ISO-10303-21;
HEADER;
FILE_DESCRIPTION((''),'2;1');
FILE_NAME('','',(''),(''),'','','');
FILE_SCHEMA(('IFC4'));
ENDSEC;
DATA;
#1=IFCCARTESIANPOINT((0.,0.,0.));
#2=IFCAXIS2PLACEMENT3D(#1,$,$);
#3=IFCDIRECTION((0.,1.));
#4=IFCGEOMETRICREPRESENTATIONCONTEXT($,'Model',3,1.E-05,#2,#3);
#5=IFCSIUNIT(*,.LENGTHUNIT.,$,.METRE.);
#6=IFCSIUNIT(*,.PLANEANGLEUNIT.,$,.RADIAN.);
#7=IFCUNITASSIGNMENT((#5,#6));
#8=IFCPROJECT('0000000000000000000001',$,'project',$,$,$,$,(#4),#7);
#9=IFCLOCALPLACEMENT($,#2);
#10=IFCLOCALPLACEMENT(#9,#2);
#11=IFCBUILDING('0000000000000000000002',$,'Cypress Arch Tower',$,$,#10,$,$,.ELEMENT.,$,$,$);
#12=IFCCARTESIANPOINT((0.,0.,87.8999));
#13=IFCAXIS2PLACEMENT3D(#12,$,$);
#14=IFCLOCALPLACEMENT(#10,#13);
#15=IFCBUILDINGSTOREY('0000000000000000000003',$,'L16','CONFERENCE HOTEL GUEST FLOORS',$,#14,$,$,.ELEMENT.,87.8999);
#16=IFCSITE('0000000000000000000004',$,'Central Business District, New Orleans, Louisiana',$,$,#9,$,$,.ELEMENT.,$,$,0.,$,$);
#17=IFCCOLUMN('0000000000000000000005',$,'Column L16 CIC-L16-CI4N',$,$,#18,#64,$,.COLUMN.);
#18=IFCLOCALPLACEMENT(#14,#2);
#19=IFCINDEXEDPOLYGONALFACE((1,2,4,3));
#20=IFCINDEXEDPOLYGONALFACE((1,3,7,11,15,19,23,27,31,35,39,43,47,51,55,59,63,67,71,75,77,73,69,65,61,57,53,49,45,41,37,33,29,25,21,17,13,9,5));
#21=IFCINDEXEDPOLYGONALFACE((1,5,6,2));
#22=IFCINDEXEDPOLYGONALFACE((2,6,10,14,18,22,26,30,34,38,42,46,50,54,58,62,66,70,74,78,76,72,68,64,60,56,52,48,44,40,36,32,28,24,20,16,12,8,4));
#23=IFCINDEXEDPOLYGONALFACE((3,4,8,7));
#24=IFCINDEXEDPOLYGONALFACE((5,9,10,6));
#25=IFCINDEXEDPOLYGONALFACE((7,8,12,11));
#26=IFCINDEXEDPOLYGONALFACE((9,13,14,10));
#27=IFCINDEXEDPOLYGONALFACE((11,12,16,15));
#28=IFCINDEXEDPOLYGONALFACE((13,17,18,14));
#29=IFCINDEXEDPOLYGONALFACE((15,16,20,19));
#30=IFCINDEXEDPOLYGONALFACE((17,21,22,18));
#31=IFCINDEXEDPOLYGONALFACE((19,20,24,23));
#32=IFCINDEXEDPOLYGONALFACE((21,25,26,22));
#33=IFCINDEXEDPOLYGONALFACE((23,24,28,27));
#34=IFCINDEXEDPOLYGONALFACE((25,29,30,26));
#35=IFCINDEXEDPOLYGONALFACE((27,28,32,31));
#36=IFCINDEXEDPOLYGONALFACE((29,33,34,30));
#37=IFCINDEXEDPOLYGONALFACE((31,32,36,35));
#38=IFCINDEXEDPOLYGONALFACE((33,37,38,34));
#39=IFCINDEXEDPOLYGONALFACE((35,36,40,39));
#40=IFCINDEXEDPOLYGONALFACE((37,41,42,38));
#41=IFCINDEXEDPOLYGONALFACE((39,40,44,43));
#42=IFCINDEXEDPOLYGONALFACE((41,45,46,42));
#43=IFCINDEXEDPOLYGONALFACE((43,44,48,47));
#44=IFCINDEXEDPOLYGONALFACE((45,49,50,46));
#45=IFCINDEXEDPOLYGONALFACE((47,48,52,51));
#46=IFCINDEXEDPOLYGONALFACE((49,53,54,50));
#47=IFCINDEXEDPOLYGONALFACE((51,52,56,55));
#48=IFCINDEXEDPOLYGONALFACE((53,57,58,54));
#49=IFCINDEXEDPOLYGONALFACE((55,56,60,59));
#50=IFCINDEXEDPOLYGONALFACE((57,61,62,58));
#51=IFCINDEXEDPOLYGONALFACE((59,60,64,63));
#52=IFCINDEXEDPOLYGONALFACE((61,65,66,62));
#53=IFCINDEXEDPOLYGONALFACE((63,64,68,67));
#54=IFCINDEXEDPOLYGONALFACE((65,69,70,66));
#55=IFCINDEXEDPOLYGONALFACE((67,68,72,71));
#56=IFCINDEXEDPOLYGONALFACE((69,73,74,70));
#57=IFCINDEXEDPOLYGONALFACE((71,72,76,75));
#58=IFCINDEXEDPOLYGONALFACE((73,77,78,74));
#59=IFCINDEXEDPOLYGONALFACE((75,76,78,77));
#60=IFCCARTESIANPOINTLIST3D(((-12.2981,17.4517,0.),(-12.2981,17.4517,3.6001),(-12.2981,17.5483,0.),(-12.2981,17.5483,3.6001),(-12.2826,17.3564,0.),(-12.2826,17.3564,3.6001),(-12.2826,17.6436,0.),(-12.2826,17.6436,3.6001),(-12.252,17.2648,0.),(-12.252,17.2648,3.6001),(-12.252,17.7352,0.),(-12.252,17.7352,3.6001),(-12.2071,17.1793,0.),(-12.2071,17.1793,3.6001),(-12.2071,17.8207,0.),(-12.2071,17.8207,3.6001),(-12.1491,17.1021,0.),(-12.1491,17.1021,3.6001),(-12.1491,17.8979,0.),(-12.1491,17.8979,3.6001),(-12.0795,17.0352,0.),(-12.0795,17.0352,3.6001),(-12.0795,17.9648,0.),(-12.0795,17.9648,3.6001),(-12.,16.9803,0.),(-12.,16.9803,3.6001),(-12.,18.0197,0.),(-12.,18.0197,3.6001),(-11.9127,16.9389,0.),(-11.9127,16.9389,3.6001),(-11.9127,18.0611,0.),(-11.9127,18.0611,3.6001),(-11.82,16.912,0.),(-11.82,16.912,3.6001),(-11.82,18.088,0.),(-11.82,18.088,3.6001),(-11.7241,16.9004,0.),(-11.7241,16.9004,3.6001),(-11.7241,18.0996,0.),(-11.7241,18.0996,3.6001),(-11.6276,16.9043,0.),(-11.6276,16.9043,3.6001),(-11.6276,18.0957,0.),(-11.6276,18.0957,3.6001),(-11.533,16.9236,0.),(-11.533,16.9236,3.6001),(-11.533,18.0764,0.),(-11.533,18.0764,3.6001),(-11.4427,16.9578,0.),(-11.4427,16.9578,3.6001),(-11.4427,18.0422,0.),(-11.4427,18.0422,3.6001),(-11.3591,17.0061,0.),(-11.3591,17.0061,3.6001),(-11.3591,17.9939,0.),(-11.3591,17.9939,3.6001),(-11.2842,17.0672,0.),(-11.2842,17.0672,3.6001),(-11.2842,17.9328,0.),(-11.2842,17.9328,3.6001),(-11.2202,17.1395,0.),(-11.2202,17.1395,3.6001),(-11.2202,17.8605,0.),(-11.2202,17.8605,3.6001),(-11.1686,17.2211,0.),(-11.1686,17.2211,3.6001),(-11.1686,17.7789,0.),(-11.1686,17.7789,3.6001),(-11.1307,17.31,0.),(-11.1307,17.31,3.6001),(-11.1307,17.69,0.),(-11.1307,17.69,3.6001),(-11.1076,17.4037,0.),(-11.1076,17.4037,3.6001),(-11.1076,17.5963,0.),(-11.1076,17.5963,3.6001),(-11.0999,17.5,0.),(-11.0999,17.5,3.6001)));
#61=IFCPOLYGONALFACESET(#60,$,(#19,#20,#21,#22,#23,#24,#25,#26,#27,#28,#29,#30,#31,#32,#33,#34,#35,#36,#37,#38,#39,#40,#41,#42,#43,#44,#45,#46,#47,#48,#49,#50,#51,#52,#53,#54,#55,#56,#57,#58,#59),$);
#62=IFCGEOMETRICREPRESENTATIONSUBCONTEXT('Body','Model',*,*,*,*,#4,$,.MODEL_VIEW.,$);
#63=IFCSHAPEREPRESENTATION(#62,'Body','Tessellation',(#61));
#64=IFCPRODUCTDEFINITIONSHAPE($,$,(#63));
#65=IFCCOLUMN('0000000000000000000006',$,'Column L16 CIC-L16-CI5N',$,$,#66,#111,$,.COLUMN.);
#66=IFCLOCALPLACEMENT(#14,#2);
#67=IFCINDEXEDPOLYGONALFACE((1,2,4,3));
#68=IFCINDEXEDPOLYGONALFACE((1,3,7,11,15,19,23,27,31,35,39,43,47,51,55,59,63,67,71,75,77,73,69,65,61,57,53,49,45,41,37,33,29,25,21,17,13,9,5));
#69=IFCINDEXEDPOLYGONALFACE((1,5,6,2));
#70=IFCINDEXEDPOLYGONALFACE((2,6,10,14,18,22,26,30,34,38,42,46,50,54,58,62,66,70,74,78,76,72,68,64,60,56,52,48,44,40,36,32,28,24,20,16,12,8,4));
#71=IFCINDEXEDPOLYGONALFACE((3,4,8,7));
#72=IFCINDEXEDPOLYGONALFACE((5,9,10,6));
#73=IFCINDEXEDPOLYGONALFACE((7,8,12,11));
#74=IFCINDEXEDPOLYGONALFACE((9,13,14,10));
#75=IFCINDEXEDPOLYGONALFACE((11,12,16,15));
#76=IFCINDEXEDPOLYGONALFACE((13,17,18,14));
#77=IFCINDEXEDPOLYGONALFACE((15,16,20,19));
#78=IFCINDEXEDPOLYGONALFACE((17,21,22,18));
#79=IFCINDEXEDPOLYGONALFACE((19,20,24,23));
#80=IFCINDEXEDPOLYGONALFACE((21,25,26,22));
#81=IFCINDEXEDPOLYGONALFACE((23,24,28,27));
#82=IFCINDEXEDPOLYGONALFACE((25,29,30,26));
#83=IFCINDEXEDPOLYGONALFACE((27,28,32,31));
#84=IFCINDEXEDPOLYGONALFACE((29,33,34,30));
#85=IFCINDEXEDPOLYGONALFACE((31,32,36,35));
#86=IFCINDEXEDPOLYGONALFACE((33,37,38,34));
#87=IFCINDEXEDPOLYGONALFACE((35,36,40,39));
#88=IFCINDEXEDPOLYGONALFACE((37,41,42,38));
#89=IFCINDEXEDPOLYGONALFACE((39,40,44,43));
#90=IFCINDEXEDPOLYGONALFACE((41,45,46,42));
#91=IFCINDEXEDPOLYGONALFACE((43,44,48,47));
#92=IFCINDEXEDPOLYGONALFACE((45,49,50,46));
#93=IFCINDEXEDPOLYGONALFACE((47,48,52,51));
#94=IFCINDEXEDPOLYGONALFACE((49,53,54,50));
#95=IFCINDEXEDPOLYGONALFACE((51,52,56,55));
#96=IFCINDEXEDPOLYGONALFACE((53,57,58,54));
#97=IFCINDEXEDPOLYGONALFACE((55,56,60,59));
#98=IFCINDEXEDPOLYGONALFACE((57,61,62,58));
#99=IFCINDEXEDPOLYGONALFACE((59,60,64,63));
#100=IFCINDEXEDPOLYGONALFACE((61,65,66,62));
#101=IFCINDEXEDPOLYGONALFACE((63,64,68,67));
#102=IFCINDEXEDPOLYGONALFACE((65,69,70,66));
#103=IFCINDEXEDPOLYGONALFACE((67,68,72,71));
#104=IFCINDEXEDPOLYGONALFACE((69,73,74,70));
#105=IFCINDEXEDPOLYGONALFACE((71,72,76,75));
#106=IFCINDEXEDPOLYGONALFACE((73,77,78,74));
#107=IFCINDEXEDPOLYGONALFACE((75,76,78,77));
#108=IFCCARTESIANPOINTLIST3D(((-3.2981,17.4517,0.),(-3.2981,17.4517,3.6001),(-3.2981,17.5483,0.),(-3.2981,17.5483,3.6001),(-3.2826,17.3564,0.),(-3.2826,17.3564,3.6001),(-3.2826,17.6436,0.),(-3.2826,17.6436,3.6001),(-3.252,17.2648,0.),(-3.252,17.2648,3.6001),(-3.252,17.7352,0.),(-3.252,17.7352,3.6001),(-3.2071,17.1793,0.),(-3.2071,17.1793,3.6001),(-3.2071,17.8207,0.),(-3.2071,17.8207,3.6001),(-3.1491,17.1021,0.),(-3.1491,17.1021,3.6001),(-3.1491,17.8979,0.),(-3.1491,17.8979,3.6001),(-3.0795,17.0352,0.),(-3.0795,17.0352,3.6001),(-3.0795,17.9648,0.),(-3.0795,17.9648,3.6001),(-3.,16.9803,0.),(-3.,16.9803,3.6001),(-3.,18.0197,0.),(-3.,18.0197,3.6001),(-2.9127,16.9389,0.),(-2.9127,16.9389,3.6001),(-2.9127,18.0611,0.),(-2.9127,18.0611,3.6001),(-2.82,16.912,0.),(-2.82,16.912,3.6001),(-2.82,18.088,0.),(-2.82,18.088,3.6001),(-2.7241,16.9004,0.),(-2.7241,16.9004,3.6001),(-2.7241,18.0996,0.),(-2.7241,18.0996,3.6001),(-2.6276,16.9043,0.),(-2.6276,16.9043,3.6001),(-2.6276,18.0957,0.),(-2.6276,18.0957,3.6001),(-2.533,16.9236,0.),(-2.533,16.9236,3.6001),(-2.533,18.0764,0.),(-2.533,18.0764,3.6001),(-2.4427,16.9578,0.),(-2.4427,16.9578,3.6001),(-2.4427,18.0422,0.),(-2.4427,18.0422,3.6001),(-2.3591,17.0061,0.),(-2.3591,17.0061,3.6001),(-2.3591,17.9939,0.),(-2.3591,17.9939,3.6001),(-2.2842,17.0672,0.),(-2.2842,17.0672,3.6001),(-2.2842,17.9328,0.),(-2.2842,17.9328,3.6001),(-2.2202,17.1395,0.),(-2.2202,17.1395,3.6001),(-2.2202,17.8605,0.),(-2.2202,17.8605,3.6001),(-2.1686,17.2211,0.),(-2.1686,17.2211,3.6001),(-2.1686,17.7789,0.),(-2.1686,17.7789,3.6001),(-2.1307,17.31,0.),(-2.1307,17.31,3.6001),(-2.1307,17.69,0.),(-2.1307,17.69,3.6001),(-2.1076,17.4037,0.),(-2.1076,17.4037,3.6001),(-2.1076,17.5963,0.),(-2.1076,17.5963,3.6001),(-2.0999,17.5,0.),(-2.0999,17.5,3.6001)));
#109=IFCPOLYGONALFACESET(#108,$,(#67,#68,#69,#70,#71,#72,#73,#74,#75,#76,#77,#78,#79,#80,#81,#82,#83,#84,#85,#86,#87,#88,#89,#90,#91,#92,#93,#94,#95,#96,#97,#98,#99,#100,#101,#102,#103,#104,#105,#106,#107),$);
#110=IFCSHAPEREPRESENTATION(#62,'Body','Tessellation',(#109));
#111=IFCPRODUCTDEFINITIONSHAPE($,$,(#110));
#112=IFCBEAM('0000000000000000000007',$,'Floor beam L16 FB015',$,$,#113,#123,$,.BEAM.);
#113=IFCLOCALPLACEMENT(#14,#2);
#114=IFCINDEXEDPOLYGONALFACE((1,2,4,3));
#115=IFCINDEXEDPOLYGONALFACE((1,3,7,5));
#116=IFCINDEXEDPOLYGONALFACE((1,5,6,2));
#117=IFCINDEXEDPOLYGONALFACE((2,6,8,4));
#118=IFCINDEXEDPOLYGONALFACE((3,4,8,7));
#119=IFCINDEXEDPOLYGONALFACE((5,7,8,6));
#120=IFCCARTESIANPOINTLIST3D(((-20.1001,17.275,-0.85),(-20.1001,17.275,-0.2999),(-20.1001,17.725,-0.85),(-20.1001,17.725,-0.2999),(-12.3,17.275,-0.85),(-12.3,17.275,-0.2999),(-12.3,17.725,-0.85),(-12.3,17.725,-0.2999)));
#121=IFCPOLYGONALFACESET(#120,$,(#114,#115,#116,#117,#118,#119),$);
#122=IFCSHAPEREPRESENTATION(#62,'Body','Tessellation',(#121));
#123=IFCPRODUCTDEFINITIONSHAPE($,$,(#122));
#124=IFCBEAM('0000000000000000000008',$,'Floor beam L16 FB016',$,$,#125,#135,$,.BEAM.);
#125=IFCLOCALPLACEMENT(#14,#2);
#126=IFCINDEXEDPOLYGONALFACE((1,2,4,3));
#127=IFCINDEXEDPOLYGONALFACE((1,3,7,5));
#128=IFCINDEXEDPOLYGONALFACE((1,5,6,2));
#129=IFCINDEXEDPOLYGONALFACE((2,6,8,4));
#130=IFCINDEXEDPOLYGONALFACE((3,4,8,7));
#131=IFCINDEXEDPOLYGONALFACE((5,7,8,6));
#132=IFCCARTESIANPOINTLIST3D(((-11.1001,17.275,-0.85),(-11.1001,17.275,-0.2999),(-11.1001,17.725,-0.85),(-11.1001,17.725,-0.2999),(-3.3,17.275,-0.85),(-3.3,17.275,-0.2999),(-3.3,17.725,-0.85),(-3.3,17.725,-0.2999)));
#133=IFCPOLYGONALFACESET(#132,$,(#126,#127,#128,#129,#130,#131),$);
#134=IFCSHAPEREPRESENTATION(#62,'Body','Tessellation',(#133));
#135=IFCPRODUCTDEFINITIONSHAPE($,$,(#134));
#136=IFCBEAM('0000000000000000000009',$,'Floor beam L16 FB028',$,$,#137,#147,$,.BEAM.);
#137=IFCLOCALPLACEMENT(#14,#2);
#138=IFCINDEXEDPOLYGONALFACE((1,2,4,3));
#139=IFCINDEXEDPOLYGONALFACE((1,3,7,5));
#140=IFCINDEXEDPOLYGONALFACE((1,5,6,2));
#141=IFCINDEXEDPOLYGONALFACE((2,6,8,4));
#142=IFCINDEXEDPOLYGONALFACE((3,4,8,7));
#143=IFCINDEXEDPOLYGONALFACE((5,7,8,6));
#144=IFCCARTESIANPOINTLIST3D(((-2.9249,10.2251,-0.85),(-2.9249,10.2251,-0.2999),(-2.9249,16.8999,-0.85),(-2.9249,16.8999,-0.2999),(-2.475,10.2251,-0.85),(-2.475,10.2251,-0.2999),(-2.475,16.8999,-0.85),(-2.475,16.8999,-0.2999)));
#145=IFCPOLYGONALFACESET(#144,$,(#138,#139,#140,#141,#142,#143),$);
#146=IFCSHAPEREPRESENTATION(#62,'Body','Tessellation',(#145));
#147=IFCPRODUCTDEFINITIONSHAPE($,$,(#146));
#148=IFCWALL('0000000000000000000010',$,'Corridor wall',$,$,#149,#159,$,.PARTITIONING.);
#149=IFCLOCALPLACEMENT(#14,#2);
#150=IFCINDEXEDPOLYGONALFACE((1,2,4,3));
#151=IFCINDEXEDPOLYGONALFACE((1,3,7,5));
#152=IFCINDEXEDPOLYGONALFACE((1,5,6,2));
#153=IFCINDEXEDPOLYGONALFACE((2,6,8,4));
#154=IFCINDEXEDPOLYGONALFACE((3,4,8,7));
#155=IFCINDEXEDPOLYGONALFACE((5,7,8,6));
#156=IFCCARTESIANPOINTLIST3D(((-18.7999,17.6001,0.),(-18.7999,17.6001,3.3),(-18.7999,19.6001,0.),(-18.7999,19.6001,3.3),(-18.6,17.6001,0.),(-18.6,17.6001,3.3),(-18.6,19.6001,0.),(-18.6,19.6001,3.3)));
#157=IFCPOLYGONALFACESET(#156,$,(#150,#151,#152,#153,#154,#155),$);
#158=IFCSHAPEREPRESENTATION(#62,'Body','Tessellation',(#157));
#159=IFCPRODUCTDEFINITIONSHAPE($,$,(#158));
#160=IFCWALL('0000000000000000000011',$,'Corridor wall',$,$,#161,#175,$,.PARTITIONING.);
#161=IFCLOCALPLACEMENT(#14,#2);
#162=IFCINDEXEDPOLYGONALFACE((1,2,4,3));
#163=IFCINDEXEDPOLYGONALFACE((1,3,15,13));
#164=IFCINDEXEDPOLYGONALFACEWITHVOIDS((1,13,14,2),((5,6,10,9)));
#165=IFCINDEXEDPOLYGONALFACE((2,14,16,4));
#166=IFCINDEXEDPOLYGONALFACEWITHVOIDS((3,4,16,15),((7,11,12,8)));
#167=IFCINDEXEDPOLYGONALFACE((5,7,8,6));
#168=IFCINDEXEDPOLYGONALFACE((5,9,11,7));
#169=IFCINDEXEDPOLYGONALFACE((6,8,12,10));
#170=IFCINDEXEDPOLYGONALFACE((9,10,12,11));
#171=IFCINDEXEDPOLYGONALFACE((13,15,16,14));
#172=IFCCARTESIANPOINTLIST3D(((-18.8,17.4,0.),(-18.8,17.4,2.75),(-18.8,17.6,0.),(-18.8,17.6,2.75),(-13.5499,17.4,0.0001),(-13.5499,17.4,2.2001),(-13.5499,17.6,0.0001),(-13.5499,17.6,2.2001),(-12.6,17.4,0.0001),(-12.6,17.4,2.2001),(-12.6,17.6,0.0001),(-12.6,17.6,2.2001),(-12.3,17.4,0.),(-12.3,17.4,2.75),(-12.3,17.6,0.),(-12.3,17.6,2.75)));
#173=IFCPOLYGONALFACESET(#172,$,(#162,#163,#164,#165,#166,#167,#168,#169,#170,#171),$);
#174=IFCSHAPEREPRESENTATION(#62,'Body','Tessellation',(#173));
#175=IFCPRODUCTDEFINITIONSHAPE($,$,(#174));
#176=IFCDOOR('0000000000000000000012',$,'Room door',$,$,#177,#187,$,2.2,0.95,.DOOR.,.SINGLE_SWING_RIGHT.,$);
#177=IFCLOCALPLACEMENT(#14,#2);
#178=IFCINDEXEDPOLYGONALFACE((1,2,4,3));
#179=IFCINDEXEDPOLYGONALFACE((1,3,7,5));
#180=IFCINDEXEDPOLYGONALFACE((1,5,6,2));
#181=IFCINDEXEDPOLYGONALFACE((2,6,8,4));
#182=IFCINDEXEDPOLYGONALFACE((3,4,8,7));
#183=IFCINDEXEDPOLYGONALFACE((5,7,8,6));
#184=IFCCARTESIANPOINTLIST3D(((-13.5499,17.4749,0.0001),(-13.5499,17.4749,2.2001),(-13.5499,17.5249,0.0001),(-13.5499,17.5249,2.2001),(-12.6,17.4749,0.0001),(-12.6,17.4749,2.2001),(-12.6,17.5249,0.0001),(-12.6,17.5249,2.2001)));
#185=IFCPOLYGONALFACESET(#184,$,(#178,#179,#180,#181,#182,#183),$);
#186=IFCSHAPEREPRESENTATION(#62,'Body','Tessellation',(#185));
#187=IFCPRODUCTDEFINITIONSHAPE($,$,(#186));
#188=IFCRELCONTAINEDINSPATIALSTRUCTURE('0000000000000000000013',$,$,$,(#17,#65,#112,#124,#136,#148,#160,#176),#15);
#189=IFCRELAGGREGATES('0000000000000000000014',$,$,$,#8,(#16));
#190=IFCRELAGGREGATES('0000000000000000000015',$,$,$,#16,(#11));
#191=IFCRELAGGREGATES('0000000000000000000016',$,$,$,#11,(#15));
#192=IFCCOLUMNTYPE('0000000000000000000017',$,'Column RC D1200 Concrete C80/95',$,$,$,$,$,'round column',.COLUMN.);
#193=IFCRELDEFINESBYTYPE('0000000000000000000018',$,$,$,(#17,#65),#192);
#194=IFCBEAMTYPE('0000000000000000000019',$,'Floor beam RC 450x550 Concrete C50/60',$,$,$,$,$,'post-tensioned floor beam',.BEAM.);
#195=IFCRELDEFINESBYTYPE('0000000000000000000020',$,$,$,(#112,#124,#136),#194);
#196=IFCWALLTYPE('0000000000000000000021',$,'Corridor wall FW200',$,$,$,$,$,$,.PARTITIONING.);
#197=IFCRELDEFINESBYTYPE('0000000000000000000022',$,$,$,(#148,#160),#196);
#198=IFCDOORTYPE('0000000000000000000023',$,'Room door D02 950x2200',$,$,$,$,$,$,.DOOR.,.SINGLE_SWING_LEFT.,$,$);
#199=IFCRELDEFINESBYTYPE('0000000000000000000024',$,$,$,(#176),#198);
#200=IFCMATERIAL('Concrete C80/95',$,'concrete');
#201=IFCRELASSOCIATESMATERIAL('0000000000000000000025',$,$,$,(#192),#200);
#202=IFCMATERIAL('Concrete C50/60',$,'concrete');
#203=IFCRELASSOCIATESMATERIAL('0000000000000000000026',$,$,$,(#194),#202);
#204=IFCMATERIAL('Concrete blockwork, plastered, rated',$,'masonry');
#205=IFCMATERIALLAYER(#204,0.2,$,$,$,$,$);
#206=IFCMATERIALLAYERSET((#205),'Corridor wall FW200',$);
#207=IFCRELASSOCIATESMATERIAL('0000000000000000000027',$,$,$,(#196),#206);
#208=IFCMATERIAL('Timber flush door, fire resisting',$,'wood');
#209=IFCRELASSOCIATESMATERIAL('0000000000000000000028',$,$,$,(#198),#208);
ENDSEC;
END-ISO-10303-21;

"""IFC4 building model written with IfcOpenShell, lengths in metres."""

from ifc_helpers import new_model, si_unit, direction, frame, frame_2d, origin, origin_2d, place, context, subcontext, project, spatial, rectangle, circle, extrude, material, layer, layer_set, material_profile, profile_set, type_object, element, fill, save


model = new_model("IFC4")

# Units and contexts
model_context = context("Model", 3, precision=1e-05, world=origin(), true_north=direction((0.0, 1.0)))
body_context = subcontext(model_context, "Body", "Model", "MODEL_VIEW")
ifc_project = project(units=[si_unit("LENGTHUNIT", "METRE"), si_unit("PLANEANGLEUNIT", "RADIAN")], contexts=[model_context])

# Site, building, storey
site_placement = place(None, origin())
site = spatial("IfcSite", under=ifc_project, at=site_placement, Name="Central Business District, New Orleans, Louisiana", CompositionType="ELEMENT", RefElevation=0.0)
building_placement = place(site_placement, origin())
building = spatial("IfcBuilding", under=site, at=building_placement, Name="Cypress Arch Tower", CompositionType="ELEMENT")
storey_placement = place(building_placement, frame((0.0, 0.0, 87.8999)))
storey = spatial("IfcBuildingStorey", under=building, at=storey_placement, Name="L16", Description="CONFERENCE HOTEL GUEST FLOORS", CompositionType="ELEMENT", Elevation=87.8999)

# Columns
ifc_material_1 = material(Name="Concrete C80/95", Category="concrete")
ifc_material_profile_1 = material_profile(ifc_material_1, circle(Radius=0.6001, at=origin_2d()), Name="RC D1200")
ifc_profile_set_1 = profile_set([ifc_material_profile_1], Name="Concrete C80/95")
column_type = type_object("IfcColumnType", Name="Column RC D1200 Concrete C80/95", ElementType="round column", PredefinedType="COLUMN", material=ifc_profile_set_1)
for number, where, z_axis, x_axis, name in (
    (1, (-11.7, 17.5, 0.0), (0.0, 0.0, 1.0), (1.0, 0.0, 0.0), "Column L16 CIC-L16-CI4N"),
    (2, (-2.7, 17.5, 0.0), (0.0, 0.0, 1.0), (1.0, 0.0, 0.0), "Column L16 CIC-L16-CI5N"),
):
    element("IfcColumn", number, at=place(storey_placement, frame(where, z_axis=z_axis, x_axis=x_axis)), inside=storey, type_object=column_type, Name=name, PredefinedType="COLUMN", context=body_context, shape_type="SweptSolid", body=[
        extrude(circle(Radius=0.6001, at=origin_2d()), origin(), (0.0, 0.0, 1.0), 3.6001),
    ])

# Beams
ifc_material_2 = material(Name="Concrete C50/60", Category="concrete")
ifc_material_profile_2 = material_profile(ifc_material_2, rectangle(XDim=0.45, YDim=0.55, at=origin_2d()), Name="RC 450x550")
ifc_profile_set_2 = profile_set([ifc_material_profile_2], Name="Concrete C50/60")
beam_type = type_object("IfcBeamType", Name="Floor beam RC 450x550 Concrete C50/60", ElementType="post-tensioned floor beam", PredefinedType="BEAM", material=ifc_profile_set_2)
for number, where, z_axis, x_axis, name in (
    (3, (-20.1001, 17.5, -0.575), (1.0, 0.0, 0.0), (0.0, 1.0, 0.0), "Floor beam L16 FB015"),
    (4, (-11.1001, 17.5, -0.575), (1.0, 0.0, 0.0), (0.0, 1.0, 0.0), "Floor beam L16 FB016"),
):
    element("IfcBeam", number, at=place(storey_placement, frame(where, z_axis=z_axis, x_axis=x_axis)), inside=storey, type_object=beam_type, Name=name, PredefinedType="BEAM", context=body_context, shape_type="SweptSolid", body=[
        extrude(rectangle(XDim=0.45, YDim=0.55, at=origin_2d()), origin(), (0.0, 0.0, 1.0), 7.8),
    ])
beam_placement = place(storey_placement, frame((-2.7, 10.2251, -0.575), z_axis=(0.0, 1.0, 0.0), x_axis=(-1.0, 0.0, 0.0)))
element("IfcBeam", 5, at=beam_placement, inside=storey, type_object=beam_type, Name="Floor beam L16 FB028", PredefinedType="BEAM", context=body_context, shape_type="SweptSolid", body=[
    extrude(rectangle(XDim=0.45, YDim=0.55, at=origin_2d()), origin(), (0.0, 0.0, 1.0), 6.6748),
])

# Wall
ifc_material_3 = material(Name="Concrete blockwork, plastered, rated", Category="masonry")
ifc_layer_1 = layer(ifc_material_3, 0.2)
ifc_layer_set_1 = layer_set([ifc_layer_1], Name="Corridor wall FW200")
wall_type_1 = type_object("IfcWallType", Name="Corridor wall FW200", PredefinedType="PARTITIONING", material=ifc_layer_set_1)
wall_1_placement = place(storey_placement, frame((-18.7, 17.6001, 0.0), z_axis=(0.0, 0.0, 1.0), x_axis=(0.0, 1.0, 0.0)))
element("IfcWall", 6, at=wall_1_placement, inside=storey, type_object=wall_type_1, Name="Corridor wall", PredefinedType="PARTITIONING", context=body_context, shape_type="SweptSolid", body=[
    extrude(rectangle(XDim=2.0, YDim=0.2, at=frame_2d((1.0, 0.0))), origin(), (0.0, 0.0, 1.0), 3.3),
])

# Wall, opening, door
wall_2_placement = place(storey_placement, frame((-18.8, 17.5, 0.0), z_axis=(0.0, 0.0, 1.0), x_axis=(1.0, 0.0, 0.0)))
wall_2 = element("IfcWall", 7, at=wall_2_placement, inside=storey, type_object=wall_type_1, Name="Corridor wall", PredefinedType="PARTITIONING", context=body_context, shape_type="SweptSolid", body=[
    extrude(rectangle(XDim=6.5, YDim=0.2, at=frame_2d((3.25, 0.0))), origin(), (0.0, 0.0, 1.0), 2.75),
])
opening_1_placement = place(wall_2_placement, frame((5.25, 0.0, 0.0)))
opening_1 = element("IfcOpeningElement", 8, at=opening_1_placement, cuts=wall_2, PredefinedType="OPENING", context=body_context, shape_type="SweptSolid", body=[
    extrude(rectangle(XDim=0.95, YDim=2.2, at=frame_2d((0.4751, 1.1001))), frame((0.0, 0.1099, 0.0), z_axis=(0.0, -1.0, 0.0), x_axis=(1.0, 0.0, 0.0)), (0.0, 0.0, 1.0), 0.22),
])
ifc_material_4 = material(Name="Timber flush door, fire resisting", Category="wood")
door_type_1 = type_object("IfcDoorType", Name="Room door D02 950x2200", OperationType="SINGLE_SWING_LEFT", PredefinedType="DOOR", material=ifc_material_4)
door_1_placement = place(opening_1_placement, origin())
door_1 = element("IfcDoor", 9, at=door_1_placement, inside=storey, type_object=door_type_1, Name="Room door", OperationType="SINGLE_SWING_RIGHT", OverallHeight=2.2, OverallWidth=0.95, PredefinedType="DOOR", context=body_context, shape_type="SweptSolid", body=[
    extrude(rectangle(XDim=0.95, YDim=2.2, at=frame_2d((0.4751, 1.1001))), frame((0.0, 0.0249, 0.0), z_axis=(0.0, -1.0, 0.0), x_axis=(1.0, 0.0, 0.0)), (0.0, 0.0, 1.0), 0.05),
])
fill(opening_1, door_1)

save(model, "model.ifc")
